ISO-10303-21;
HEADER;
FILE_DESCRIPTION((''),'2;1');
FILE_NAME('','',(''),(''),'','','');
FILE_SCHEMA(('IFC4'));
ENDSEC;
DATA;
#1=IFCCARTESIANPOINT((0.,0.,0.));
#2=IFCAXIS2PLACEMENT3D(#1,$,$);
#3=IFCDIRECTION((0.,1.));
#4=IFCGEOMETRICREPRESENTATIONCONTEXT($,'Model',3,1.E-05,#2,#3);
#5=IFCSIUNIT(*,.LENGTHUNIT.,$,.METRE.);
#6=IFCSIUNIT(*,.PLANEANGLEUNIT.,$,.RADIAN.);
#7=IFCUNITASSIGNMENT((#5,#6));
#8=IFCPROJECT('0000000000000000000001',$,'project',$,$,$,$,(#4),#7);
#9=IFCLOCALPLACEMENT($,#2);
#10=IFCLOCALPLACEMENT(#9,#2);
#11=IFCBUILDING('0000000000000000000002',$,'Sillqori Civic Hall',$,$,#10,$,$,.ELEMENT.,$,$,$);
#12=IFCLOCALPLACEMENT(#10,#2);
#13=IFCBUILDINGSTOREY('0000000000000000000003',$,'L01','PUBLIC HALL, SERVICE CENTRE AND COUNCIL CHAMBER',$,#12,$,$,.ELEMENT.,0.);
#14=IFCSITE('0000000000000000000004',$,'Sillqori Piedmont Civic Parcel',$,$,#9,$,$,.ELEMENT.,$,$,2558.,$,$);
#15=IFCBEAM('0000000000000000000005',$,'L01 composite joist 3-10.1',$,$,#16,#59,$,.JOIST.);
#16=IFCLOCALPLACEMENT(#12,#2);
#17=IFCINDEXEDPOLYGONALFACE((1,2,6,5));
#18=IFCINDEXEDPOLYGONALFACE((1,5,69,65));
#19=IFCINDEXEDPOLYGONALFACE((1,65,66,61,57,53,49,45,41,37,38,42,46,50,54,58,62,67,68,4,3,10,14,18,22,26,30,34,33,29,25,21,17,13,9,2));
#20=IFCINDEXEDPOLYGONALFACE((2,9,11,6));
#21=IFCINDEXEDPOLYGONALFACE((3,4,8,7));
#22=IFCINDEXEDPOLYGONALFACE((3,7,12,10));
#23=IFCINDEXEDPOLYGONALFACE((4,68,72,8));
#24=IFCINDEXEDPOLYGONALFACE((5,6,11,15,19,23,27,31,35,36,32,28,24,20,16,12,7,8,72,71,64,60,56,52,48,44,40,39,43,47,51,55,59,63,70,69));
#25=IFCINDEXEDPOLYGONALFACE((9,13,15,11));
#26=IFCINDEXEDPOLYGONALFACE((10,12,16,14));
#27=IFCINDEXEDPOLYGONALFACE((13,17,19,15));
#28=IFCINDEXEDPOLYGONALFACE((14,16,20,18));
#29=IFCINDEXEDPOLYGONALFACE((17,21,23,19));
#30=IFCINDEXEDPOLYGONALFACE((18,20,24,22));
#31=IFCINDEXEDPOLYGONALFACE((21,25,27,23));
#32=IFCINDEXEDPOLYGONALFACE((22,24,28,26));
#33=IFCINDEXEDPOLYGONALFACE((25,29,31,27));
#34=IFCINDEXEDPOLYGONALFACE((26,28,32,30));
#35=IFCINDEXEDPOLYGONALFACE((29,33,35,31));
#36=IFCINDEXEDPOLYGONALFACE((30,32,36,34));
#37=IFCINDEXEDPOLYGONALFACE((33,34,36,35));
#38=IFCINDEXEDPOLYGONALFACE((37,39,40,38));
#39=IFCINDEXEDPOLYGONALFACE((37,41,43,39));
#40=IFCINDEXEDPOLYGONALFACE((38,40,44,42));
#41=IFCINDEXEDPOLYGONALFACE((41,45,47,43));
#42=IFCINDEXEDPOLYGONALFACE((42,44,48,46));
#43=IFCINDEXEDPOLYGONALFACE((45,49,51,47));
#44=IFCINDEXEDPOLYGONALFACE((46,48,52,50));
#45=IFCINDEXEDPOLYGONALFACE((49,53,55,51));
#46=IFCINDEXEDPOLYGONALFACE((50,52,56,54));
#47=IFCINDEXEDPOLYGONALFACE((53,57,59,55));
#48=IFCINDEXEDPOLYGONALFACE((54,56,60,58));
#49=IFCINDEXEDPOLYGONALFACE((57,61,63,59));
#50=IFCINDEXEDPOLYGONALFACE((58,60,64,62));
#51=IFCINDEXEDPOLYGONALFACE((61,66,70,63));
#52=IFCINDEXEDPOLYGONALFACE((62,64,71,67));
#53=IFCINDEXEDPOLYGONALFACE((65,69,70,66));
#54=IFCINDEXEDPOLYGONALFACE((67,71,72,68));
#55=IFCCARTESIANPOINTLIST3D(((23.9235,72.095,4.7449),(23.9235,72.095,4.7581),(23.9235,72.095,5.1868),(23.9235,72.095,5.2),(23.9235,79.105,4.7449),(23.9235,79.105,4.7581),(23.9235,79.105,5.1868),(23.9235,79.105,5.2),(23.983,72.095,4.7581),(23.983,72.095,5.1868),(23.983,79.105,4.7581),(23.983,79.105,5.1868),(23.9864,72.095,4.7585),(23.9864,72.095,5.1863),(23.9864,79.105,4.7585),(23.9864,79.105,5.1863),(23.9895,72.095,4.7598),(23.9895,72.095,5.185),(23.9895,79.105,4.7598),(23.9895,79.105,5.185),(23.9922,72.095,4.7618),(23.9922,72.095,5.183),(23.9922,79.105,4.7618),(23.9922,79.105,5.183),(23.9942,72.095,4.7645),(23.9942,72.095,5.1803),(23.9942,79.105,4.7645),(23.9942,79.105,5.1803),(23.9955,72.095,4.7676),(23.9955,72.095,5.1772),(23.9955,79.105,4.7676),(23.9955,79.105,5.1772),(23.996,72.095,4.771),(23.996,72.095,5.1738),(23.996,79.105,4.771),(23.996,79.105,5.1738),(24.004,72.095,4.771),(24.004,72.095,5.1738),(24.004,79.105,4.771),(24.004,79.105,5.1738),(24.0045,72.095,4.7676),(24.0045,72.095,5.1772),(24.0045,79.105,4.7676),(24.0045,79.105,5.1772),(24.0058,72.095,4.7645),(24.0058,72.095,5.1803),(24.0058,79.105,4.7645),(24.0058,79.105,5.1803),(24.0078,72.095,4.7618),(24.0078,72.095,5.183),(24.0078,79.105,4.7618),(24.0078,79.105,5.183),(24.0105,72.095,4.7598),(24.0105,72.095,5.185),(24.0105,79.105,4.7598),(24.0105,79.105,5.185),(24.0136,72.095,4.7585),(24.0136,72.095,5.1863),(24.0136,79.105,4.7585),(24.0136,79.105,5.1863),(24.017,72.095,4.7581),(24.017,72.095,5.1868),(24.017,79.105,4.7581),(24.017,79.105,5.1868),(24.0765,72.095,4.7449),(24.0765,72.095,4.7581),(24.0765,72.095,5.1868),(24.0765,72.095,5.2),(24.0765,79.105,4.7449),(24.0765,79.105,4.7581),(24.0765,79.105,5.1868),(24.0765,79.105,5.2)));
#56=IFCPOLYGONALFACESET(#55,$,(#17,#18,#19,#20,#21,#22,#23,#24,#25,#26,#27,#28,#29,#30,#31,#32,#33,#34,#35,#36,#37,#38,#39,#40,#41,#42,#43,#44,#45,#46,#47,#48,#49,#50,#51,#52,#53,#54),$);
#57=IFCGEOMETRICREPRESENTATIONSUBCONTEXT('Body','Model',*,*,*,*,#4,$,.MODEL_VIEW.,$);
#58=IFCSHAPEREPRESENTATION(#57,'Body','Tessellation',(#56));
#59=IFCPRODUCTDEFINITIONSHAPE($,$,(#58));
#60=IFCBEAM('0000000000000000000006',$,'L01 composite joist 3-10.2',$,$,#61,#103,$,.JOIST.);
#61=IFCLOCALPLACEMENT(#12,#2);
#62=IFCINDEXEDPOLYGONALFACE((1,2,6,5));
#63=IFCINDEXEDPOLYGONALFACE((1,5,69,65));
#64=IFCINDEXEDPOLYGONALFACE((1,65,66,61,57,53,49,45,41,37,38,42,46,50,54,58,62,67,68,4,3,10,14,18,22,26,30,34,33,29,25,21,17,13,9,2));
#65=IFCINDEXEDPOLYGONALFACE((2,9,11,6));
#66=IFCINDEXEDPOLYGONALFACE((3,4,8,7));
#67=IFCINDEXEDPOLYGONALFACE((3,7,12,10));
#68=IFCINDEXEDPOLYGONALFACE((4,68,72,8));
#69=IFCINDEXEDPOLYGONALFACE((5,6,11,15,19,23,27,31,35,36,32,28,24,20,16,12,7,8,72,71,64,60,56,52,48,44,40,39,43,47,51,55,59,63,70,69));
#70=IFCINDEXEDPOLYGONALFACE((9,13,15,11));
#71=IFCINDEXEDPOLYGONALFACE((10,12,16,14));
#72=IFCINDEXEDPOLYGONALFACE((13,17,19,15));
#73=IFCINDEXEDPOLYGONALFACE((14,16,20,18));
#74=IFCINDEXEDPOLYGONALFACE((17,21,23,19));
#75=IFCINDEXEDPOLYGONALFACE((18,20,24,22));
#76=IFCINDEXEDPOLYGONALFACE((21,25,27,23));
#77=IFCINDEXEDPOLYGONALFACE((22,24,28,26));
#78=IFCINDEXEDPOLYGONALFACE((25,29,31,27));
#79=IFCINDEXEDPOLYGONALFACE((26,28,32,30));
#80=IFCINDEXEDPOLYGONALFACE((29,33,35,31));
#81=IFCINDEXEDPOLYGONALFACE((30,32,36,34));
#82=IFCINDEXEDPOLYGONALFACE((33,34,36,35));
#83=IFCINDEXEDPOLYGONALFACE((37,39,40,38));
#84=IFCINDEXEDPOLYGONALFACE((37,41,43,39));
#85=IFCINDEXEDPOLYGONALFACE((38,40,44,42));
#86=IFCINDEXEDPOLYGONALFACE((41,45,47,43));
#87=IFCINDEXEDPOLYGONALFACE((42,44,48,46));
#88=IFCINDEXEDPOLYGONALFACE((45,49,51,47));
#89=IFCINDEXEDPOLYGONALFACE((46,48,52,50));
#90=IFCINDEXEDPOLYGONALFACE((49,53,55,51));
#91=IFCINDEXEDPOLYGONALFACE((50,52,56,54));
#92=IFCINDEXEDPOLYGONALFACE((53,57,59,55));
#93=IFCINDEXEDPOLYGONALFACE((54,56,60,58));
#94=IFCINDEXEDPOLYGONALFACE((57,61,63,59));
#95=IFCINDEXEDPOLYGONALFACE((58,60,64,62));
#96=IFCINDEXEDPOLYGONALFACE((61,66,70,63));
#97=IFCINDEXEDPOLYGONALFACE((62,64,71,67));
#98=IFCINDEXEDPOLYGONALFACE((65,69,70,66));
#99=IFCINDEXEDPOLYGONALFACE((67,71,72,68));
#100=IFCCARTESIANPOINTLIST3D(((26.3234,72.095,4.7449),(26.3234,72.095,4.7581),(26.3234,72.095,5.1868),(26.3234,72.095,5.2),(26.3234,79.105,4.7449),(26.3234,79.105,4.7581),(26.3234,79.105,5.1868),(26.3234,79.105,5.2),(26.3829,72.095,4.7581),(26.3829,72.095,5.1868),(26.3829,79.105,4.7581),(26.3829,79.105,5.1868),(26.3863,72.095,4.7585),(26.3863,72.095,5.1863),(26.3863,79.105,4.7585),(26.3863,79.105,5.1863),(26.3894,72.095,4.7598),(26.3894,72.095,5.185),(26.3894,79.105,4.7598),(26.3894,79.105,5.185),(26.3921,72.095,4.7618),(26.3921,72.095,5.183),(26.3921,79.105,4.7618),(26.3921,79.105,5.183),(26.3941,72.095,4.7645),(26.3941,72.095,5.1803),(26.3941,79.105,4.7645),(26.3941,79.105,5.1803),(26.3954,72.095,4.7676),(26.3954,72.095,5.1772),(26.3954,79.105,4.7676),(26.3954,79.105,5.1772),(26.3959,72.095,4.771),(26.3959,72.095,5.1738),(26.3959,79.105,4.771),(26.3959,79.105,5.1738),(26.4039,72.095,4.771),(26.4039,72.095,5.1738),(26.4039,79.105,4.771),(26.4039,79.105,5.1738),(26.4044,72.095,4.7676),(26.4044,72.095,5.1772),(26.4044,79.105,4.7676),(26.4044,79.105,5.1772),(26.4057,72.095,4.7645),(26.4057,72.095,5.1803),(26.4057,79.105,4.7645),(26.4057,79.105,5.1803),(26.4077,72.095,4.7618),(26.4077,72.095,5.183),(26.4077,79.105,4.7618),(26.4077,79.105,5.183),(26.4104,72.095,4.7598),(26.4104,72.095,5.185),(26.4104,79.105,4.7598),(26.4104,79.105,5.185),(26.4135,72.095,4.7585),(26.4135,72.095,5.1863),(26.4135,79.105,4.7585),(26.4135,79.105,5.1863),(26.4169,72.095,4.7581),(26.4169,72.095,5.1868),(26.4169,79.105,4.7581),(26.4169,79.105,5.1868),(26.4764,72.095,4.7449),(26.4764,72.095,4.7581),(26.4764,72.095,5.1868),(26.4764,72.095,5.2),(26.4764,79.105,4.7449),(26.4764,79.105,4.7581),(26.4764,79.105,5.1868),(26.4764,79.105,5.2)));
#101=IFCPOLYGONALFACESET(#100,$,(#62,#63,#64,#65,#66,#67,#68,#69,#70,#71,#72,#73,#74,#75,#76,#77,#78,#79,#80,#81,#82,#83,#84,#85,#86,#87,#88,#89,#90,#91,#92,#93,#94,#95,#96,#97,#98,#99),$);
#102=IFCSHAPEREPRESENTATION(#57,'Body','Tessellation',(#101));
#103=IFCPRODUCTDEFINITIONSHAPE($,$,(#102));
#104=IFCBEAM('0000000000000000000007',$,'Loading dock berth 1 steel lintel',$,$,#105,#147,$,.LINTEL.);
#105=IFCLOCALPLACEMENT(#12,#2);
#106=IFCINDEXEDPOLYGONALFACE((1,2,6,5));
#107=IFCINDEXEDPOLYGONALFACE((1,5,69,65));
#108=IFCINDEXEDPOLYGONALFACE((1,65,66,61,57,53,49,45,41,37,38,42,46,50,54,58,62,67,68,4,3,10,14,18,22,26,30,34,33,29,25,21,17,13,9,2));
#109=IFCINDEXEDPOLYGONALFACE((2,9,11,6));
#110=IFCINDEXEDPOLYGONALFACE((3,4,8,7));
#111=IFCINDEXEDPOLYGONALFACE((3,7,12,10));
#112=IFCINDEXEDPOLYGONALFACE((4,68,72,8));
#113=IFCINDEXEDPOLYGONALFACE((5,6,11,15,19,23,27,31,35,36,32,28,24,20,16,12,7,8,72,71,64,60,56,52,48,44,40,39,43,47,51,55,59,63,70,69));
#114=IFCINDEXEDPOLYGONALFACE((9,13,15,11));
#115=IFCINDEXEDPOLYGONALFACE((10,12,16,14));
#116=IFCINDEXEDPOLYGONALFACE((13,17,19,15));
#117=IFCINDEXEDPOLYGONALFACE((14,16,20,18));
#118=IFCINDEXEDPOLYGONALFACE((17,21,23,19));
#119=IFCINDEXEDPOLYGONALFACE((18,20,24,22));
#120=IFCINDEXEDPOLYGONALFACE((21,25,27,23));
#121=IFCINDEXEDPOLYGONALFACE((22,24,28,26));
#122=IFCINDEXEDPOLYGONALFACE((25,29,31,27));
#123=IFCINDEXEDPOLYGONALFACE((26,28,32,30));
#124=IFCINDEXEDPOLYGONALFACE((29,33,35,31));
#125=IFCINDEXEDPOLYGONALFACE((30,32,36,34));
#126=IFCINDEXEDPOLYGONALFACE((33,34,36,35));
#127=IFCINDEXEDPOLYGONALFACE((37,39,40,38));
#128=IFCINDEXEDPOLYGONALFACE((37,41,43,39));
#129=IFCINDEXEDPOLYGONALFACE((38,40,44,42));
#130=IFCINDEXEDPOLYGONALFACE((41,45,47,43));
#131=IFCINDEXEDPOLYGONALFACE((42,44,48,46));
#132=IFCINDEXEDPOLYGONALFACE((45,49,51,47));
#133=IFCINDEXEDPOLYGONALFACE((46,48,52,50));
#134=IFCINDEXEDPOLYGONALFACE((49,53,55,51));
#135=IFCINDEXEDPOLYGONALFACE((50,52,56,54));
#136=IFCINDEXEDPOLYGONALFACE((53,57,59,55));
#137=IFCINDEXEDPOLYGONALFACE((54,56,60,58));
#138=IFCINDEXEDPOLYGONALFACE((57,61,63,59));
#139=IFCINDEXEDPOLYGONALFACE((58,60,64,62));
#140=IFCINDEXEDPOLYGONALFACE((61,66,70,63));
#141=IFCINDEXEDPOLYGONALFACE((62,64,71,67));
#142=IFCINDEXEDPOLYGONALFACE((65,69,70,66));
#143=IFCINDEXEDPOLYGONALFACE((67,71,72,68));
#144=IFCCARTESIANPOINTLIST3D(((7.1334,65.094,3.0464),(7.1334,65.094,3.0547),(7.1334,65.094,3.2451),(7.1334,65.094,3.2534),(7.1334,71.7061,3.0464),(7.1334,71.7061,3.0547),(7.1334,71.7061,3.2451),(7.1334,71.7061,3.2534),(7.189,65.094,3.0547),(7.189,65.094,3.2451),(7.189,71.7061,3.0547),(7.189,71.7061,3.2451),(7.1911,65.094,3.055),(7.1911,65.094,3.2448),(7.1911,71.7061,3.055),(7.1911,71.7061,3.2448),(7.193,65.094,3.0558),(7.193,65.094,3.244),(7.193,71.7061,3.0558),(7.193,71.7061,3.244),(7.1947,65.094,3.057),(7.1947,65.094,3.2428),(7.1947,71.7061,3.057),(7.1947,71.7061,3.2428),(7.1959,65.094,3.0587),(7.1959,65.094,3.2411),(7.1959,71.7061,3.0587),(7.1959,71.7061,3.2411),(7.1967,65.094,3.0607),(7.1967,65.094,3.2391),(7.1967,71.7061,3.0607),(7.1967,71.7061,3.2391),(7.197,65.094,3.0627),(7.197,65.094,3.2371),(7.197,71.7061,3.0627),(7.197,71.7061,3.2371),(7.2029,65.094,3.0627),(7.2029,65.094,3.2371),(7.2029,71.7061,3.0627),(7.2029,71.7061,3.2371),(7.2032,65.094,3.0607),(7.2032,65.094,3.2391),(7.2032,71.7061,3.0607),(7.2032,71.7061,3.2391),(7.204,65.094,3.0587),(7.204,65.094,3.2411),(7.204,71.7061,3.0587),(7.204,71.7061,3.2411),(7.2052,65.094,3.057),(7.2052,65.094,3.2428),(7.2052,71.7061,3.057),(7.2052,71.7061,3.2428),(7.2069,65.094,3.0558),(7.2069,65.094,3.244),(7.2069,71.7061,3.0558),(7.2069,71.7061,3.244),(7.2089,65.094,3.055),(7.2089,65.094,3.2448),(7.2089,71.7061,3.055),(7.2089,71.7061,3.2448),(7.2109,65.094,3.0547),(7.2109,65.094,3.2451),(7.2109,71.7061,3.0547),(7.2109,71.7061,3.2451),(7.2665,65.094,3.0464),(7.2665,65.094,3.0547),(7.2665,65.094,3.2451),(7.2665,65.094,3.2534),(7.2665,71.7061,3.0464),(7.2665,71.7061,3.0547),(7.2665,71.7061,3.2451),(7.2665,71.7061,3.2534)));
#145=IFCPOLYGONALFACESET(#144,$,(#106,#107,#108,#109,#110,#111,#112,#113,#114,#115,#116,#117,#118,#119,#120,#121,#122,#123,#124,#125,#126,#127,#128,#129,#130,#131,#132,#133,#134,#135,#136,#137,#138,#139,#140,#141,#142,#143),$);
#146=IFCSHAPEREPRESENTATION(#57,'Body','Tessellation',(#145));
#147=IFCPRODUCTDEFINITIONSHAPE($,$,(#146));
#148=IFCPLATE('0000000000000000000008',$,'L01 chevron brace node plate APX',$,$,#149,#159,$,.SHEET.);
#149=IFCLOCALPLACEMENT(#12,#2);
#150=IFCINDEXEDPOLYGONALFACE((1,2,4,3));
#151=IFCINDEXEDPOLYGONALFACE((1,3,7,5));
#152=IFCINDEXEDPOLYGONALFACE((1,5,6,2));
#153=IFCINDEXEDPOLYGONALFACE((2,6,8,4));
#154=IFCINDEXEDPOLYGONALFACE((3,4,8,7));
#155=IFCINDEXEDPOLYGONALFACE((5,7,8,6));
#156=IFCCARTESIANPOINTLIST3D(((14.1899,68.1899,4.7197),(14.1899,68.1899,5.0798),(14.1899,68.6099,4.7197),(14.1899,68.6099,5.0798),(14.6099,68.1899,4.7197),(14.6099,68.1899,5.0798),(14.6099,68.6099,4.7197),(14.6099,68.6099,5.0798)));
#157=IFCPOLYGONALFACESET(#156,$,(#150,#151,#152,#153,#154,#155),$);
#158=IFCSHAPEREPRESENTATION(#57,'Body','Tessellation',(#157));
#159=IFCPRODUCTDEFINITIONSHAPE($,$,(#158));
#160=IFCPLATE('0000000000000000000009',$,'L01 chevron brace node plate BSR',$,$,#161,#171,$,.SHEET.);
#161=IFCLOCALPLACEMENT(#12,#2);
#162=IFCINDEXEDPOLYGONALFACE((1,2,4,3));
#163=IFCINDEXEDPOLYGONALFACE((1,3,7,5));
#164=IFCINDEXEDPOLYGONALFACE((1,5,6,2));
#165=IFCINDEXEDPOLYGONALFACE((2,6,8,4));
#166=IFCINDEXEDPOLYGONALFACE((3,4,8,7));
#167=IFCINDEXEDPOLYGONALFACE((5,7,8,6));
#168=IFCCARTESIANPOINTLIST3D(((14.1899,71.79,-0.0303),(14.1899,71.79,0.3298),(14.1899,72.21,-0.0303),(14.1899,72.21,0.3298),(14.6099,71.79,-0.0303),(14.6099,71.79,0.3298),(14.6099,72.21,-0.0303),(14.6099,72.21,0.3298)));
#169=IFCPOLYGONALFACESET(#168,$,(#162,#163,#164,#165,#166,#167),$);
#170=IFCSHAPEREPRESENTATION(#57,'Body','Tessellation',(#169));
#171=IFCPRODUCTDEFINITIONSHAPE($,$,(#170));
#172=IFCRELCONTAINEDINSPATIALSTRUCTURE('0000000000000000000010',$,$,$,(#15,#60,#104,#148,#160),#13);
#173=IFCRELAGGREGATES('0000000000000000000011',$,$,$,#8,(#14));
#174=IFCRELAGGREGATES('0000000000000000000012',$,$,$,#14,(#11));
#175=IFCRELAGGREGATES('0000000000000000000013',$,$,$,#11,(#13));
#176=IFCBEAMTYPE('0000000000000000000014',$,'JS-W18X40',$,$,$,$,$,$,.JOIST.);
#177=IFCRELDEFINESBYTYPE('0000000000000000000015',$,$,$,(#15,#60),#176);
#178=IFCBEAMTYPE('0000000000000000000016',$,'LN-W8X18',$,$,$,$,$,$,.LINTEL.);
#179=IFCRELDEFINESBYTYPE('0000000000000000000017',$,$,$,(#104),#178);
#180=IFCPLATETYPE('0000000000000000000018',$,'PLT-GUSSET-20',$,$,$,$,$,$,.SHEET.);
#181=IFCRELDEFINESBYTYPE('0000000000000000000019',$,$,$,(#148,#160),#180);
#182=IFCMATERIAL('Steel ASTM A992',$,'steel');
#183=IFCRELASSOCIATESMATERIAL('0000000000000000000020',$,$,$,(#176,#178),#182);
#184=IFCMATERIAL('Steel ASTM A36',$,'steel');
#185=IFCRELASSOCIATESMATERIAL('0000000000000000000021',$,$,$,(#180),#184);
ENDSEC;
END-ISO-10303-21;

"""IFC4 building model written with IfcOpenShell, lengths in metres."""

from ifc_helpers import new_model, si_unit, direction, frame, origin, origin_2d, place, context, subcontext, project, spatial, rectangle, i_section, extrude, material, material_profile, profile_set, type_object, element, save


model = new_model("IFC4")

# Units and contexts
model_context = context("Model", 3, precision=1e-05, world=origin(), true_north=direction((0.0, 1.0)))
body_context = subcontext(model_context, "Body", "Model", "MODEL_VIEW")
ifc_project = project(units=[si_unit("LENGTHUNIT", "METRE"), si_unit("PLANEANGLEUNIT", "RADIAN")], contexts=[model_context])

# Site, building, storey
site_placement = place(None, origin())
site = spatial("IfcSite", under=ifc_project, at=site_placement, Name="Sillqori Piedmont Civic Parcel", CompositionType="ELEMENT", RefElevation=2558.0)
building_placement = place(site_placement, origin())
building = spatial("IfcBuilding", under=site, at=building_placement, Name="Sillqori Civic Hall", CompositionType="ELEMENT")
storey_placement = place(building_placement, origin())
storey = spatial("IfcBuildingStorey", under=building, at=storey_placement, Name="L01", Description="PUBLIC HALL, SERVICE CENTRE AND COUNCIL CHAMBER", CompositionType="ELEMENT", Elevation=0.0)

# Shared definitions
ifc_material_1 = material(Name="Steel ASTM A992", Category="steel")

# Beams
ifc_material_profile_1 = material_profile(ifc_material_1, i_section(OverallWidth=0.1531, OverallDepth=0.4551, WebThickness=0.0081, FlangeThickness=0.0132, FilletRadius=0.0129, at=origin_2d()), Name="W18X40")
ifc_profile_set_1 = profile_set([ifc_material_profile_1], Name="Steel ASTM A992")
beam_type_1 = type_object("IfcBeamType", Name="JS-W18X40", PredefinedType="JOIST", material=ifc_profile_set_1)
for number, where, z_axis, x_axis, name in (
    (1, (24.0, 72.095, 4.9724), (0.0, 1.0, 0.0), (-1.0, 0.0, 0.0), "L01 composite joist 3-10.1"),
    (2, (26.3999, 72.095, 4.9724), (0.0, 1.0, 0.0), (-1.0, 0.0, 0.0), "L01 composite joist 3-10.2"),
):
    element("IfcBeam", number, at=place(storey_placement, frame(where, z_axis=z_axis, x_axis=x_axis)), inside=storey, type_object=beam_type_1, Name=name, PredefinedType="JOIST", context=body_context, shape_type="SweptSolid", body=[
        extrude(i_section(OverallWidth=0.1531, OverallDepth=0.4551, WebThickness=0.0081, FlangeThickness=0.0132, FilletRadius=0.0129, at=origin_2d()), origin(), (0.0, 0.0, 1.0), 7.01),
    ])
ifc_material_profile_2 = material_profile(ifc_material_1, i_section(OverallWidth=0.1331, OverallDepth=0.207, WebThickness=0.0059, FlangeThickness=0.0083, FilletRadius=0.0081, at=origin_2d()), Name="W8X18")
ifc_profile_set_2 = profile_set([ifc_material_profile_2], Name="Steel ASTM A992")
beam_type_2 = type_object("IfcBeamType", Name="LN-W8X18", PredefinedType="LINTEL", material=ifc_profile_set_2)
beam_1_placement = place(storey_placement, frame((7.2, 65.094, 3.1499), z_axis=(0.0, 1.0, 0.0), x_axis=(-1.0, 0.0, 0.0)))
element("IfcBeam", 3, at=beam_1_placement, inside=storey, type_object=beam_type_2, Name="Loading dock berth 1 steel lintel", PredefinedType="LINTEL", context=body_context, shape_type="SweptSolid", body=[
    extrude(i_section(OverallWidth=0.1331, OverallDepth=0.207, WebThickness=0.0059, FlangeThickness=0.0083, FilletRadius=0.0081, at=origin_2d()), origin(), (0.0, 0.0, 1.0), 6.6121),
])

# Plates
ifc_material_2 = material(Name="Steel ASTM A36", Category="steel")
plate_type = type_object("IfcPlateType", Name="PLT-GUSSET-20", PredefinedType="SHEET", material=ifc_material_2)
for number, where, z_axis, x_axis, name in (
    (4, (14.3999, 68.3999, 4.7197), (0.0, 0.0, 1.0), (1.0, 0.0, 0.0), "L01 chevron brace node plate APX"),
    (5, (14.3999, 72.0, -0.0303), (0.0, 0.0, 1.0), (1.0, 0.0, 0.0), "L01 chevron brace node plate BSR"),
):
    element("IfcPlate", number, at=place(storey_placement, frame(where, z_axis=z_axis, x_axis=x_axis)), inside=storey, type_object=plate_type, Name=name, PredefinedType="SHEET", context=body_context, shape_type="SweptSolid", body=[
        extrude(rectangle(XDim=0.4199, YDim=0.4199, at=origin_2d()), origin(), (0.0, 0.0, 1.0), 0.3601),
    ])

save(model, "model.ifc")
